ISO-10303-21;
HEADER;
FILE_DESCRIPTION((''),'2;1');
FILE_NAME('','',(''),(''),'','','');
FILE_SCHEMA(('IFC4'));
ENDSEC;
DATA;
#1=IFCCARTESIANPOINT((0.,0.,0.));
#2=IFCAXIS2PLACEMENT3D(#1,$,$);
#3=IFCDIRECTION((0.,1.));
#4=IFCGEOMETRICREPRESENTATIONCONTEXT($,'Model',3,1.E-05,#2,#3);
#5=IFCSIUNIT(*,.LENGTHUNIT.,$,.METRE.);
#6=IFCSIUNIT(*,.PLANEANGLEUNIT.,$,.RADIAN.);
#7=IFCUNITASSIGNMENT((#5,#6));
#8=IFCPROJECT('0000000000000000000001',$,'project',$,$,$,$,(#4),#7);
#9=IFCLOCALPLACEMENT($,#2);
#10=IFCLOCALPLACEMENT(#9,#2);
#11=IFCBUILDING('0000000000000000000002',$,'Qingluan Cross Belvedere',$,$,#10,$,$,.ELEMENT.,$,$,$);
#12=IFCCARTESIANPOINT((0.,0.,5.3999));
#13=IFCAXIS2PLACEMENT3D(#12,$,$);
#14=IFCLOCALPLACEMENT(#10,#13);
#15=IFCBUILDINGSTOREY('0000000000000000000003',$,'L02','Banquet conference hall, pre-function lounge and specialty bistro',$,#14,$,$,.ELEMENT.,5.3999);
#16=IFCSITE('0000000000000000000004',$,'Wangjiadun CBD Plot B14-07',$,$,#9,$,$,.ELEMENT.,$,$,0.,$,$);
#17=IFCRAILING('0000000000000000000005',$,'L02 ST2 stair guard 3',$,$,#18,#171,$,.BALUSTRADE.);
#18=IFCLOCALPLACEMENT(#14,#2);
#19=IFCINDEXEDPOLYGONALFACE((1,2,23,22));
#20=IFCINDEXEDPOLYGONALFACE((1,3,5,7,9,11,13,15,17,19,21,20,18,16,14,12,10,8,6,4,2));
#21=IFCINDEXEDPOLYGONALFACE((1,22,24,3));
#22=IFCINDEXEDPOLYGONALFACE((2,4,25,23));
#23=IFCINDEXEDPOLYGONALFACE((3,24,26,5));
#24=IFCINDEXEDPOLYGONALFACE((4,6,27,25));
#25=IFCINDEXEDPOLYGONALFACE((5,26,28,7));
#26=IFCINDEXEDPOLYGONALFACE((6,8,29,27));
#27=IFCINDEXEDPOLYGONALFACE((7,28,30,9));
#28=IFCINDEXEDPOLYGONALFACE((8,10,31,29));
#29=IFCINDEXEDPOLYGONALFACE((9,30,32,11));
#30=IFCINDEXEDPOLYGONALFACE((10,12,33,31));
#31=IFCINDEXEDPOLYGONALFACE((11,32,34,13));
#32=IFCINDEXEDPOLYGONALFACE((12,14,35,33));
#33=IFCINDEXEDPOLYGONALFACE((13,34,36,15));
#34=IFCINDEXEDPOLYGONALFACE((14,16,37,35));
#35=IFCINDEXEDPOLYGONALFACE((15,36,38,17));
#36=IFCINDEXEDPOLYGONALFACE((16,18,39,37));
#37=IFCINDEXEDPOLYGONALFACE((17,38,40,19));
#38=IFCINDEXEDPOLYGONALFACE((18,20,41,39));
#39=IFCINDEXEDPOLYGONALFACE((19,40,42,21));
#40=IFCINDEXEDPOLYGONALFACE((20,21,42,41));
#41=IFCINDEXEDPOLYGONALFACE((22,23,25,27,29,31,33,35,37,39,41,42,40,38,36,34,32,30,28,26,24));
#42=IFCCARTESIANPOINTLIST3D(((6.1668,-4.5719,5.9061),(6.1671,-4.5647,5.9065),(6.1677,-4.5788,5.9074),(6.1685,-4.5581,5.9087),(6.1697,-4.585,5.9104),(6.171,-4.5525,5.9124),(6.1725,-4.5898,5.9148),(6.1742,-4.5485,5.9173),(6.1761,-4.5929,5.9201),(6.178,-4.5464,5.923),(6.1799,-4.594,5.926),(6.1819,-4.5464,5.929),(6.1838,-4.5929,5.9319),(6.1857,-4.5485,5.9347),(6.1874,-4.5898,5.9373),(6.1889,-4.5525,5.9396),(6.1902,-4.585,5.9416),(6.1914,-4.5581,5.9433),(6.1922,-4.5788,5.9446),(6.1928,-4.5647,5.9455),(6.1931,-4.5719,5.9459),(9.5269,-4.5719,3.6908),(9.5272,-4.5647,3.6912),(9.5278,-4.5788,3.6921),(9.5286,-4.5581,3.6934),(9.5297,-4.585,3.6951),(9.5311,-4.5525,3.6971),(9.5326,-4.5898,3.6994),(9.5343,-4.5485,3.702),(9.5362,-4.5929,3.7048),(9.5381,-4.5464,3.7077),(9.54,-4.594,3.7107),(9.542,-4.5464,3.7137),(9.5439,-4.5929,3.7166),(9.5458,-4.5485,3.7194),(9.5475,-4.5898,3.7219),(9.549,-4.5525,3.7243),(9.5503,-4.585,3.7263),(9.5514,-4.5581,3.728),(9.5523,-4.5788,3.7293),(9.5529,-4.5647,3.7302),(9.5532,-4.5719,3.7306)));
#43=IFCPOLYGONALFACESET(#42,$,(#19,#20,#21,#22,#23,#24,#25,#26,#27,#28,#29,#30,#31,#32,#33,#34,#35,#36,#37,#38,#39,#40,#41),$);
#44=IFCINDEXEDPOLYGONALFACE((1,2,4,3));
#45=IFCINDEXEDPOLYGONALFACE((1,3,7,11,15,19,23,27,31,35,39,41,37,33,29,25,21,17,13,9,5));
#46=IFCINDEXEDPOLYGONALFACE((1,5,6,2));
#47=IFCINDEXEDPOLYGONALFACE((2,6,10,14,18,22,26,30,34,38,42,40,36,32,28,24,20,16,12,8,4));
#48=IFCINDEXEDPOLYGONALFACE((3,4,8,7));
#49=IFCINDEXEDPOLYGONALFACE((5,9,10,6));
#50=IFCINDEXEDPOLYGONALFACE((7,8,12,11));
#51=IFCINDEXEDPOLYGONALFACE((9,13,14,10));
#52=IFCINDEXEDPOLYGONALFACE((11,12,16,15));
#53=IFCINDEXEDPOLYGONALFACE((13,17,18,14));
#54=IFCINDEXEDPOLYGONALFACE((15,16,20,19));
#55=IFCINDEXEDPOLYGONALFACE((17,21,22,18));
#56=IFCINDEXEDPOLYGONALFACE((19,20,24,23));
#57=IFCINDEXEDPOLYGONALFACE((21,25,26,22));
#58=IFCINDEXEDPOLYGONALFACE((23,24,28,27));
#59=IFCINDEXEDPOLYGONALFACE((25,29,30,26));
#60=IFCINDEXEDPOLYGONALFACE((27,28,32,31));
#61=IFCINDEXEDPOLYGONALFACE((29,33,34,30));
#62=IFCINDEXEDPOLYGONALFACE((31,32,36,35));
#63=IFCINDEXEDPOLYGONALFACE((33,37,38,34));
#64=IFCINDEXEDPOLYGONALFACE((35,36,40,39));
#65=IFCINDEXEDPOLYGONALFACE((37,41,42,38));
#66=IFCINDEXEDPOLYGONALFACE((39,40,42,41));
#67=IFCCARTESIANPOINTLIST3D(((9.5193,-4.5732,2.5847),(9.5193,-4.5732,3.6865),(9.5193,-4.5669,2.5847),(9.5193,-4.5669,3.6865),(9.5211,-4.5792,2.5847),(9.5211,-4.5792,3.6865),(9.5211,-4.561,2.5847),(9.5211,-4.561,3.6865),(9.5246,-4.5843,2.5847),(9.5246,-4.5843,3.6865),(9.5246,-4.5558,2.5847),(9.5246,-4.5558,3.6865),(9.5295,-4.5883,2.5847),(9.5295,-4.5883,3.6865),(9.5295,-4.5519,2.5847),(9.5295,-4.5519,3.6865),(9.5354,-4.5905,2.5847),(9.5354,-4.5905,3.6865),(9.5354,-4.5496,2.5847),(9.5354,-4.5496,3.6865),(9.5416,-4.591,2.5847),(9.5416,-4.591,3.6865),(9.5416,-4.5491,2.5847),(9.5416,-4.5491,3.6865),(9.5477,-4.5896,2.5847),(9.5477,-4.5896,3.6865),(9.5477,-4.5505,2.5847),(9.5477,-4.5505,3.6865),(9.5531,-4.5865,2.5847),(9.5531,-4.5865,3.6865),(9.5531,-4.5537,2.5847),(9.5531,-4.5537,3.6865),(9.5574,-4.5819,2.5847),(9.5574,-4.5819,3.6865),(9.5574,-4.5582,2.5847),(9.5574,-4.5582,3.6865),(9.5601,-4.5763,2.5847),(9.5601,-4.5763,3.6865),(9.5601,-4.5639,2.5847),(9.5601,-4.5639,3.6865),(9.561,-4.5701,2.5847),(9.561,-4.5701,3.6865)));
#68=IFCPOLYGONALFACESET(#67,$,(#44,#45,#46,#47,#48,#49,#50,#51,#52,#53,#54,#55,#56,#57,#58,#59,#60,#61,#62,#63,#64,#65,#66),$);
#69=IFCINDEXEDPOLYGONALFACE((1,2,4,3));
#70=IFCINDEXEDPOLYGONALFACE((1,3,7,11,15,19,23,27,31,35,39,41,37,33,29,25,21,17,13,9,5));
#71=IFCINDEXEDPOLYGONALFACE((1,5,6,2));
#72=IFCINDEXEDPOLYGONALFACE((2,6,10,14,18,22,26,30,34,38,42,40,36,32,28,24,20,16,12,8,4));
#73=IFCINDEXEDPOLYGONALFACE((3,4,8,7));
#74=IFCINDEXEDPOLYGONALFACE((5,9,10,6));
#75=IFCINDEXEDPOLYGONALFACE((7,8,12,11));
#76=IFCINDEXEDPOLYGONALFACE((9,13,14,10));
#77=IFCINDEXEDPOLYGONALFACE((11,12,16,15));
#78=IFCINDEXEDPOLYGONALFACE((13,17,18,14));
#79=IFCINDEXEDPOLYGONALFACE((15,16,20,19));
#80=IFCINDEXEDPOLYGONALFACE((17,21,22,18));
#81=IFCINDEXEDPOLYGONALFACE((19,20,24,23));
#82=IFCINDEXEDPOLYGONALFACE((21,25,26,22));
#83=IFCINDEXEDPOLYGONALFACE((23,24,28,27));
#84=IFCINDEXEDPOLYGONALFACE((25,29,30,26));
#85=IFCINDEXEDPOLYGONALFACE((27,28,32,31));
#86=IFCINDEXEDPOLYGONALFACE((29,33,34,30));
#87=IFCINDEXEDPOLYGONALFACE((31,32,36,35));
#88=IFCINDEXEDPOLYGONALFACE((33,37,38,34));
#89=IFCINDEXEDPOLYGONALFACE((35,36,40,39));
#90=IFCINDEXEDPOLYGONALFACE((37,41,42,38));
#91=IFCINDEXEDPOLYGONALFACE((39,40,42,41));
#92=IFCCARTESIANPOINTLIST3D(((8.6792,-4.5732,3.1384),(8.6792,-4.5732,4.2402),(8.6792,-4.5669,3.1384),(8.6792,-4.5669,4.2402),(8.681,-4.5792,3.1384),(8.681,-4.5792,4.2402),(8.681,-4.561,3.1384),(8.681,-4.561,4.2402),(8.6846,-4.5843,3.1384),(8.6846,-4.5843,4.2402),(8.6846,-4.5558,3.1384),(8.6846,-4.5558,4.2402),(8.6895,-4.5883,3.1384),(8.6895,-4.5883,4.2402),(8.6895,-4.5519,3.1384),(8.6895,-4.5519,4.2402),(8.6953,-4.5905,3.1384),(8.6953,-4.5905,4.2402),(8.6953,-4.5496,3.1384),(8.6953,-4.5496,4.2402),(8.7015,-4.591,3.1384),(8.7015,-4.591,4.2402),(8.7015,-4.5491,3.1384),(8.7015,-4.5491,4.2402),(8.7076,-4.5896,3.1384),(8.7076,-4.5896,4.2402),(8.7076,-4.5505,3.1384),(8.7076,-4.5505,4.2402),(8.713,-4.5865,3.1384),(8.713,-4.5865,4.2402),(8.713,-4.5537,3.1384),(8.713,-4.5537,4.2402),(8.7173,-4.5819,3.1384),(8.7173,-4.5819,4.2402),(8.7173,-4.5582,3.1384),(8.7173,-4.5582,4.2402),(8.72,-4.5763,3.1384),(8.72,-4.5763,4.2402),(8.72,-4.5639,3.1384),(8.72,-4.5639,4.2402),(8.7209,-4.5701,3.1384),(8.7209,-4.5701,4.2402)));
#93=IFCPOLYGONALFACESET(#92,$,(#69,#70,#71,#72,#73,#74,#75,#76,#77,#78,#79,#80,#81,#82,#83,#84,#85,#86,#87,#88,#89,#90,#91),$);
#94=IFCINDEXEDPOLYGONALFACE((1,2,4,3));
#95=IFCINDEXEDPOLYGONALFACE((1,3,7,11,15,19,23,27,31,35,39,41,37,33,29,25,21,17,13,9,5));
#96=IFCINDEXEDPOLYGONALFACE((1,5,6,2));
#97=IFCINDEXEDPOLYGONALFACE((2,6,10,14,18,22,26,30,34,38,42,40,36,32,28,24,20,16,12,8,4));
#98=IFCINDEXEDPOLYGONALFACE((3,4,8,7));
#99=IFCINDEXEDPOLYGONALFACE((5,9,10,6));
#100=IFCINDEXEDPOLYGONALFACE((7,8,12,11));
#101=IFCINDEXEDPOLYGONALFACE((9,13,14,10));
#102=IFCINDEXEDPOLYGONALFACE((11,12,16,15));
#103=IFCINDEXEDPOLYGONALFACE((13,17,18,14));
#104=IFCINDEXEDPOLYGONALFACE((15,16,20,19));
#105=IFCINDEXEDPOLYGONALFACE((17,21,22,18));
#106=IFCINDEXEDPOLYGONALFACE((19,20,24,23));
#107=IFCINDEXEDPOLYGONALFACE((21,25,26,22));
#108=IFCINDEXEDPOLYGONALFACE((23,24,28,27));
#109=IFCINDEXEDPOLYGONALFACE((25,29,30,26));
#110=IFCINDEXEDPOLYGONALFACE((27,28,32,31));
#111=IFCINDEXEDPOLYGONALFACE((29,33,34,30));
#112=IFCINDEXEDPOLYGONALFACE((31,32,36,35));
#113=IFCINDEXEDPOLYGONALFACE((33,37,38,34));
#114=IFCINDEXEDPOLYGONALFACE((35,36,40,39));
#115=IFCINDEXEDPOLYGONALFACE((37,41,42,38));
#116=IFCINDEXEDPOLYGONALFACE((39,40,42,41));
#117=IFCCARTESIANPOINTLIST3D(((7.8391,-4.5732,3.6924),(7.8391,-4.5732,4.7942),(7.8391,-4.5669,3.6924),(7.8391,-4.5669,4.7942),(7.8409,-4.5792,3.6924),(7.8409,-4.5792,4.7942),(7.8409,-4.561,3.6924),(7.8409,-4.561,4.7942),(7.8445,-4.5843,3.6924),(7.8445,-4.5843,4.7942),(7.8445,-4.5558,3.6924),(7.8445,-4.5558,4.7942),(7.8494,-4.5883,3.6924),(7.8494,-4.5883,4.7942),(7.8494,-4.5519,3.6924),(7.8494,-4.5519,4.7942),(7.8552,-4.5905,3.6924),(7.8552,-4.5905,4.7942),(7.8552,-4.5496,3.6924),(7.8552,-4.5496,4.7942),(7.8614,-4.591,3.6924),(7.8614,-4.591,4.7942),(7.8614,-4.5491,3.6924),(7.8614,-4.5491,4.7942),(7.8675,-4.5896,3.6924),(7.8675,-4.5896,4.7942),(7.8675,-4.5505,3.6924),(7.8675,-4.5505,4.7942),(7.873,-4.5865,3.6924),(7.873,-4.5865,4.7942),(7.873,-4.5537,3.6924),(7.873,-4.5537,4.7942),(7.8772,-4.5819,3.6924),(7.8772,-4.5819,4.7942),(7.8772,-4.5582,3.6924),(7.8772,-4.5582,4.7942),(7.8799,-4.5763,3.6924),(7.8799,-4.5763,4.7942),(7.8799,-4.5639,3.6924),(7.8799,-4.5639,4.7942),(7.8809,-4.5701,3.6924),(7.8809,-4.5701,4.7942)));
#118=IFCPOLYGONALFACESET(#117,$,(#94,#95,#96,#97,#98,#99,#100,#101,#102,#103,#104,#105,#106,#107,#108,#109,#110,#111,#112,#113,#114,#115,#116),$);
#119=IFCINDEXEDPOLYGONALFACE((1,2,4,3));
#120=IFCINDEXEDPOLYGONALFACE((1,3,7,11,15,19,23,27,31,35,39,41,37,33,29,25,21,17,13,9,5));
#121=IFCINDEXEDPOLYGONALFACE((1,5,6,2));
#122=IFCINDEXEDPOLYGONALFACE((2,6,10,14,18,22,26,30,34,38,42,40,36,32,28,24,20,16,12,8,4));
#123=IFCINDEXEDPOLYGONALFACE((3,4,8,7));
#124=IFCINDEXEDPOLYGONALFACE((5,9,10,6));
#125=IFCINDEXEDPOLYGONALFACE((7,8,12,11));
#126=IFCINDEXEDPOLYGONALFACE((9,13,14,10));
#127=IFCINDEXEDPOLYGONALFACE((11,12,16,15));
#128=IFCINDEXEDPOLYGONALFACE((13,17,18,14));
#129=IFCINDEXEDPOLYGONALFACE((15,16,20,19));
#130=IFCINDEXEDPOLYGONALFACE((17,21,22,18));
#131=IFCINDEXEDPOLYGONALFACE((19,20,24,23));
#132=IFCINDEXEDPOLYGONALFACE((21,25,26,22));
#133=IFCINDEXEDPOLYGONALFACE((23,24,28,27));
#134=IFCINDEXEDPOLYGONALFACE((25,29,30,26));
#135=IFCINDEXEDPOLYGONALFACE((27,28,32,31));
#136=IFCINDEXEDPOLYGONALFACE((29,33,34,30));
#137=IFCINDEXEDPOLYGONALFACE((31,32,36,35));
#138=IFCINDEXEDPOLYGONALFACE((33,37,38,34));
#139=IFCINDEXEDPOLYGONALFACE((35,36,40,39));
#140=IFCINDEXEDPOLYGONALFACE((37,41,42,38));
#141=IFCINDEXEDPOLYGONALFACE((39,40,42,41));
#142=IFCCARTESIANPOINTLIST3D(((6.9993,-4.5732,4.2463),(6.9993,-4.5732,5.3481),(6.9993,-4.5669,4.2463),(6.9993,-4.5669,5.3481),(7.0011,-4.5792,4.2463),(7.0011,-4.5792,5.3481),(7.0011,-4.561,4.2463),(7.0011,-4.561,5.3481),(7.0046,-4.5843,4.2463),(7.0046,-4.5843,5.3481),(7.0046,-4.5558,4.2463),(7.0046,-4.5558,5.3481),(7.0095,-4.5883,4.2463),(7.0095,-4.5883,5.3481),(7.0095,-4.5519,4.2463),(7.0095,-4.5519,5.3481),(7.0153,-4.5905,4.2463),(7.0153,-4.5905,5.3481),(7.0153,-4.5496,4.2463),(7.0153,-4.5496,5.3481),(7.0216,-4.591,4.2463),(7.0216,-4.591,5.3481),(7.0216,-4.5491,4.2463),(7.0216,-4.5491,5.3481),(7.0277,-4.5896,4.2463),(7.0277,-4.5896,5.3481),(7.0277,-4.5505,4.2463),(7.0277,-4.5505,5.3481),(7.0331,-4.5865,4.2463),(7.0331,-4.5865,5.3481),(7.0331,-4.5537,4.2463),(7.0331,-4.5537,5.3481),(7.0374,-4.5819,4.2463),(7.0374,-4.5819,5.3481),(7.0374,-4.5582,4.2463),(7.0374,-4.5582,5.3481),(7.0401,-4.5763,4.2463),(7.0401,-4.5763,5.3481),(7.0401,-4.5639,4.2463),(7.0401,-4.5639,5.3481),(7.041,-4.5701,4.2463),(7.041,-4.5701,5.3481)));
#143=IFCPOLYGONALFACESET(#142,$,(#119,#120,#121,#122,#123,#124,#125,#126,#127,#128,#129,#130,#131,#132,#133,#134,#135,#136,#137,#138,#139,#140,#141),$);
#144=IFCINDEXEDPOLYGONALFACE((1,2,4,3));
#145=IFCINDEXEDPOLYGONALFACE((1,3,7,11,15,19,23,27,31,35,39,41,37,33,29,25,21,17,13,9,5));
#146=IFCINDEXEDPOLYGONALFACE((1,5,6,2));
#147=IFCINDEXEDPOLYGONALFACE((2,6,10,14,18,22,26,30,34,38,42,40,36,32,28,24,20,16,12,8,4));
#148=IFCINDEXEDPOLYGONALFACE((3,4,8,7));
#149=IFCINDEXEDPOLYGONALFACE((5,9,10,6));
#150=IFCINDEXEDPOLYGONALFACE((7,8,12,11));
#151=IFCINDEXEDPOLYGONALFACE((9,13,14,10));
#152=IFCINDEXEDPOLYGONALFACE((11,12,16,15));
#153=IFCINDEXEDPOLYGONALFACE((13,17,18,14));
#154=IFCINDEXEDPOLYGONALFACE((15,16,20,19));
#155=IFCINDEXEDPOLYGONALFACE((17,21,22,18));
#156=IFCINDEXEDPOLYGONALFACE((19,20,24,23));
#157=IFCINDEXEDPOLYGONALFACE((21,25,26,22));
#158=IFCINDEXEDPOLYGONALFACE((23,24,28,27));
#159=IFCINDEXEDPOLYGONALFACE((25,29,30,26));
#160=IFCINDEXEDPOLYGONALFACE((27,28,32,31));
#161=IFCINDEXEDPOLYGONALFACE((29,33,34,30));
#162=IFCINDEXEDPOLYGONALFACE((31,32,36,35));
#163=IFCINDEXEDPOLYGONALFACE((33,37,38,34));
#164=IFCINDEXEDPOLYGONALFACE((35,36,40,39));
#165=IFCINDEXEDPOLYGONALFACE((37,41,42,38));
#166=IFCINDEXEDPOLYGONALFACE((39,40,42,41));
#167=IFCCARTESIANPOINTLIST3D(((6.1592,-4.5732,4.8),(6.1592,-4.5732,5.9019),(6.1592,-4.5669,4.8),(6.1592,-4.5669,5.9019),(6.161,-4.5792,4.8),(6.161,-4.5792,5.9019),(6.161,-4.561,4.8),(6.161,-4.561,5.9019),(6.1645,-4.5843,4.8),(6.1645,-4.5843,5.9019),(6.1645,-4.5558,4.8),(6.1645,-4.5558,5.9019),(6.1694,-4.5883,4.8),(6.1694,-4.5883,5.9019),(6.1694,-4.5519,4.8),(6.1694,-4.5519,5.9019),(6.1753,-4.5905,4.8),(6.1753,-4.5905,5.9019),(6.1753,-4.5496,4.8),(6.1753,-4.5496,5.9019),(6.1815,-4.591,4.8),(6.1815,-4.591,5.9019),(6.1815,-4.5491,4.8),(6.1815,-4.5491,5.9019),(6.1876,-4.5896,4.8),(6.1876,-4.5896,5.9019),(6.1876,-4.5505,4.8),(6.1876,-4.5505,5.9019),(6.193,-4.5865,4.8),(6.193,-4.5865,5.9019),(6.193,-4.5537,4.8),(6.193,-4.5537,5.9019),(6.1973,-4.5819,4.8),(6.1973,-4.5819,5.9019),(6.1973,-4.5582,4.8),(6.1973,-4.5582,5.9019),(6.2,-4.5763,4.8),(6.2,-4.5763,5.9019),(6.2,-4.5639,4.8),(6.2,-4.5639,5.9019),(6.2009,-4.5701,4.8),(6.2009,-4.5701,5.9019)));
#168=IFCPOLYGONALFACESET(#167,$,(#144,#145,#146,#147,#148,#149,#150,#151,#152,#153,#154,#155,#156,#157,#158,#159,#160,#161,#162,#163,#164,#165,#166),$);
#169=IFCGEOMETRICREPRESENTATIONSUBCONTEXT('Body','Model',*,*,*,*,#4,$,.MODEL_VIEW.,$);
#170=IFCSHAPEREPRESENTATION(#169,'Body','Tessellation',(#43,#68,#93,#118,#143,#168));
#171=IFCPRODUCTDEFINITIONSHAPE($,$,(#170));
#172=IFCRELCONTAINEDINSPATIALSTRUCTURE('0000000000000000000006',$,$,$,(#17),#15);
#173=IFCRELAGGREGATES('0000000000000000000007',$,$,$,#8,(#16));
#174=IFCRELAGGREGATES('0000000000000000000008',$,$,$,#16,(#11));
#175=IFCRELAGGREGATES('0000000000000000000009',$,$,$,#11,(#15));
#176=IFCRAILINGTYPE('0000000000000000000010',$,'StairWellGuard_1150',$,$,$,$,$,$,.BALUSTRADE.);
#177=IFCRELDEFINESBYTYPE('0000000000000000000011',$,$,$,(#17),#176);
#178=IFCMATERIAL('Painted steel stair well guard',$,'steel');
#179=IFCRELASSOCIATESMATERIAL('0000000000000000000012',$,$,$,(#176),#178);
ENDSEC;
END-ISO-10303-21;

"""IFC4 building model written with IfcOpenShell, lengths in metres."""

from ifc_helpers import new_model, si_unit, direction, frame, origin, origin_2d, place, context, subcontext, project, spatial, circle, extrude, material, type_object, element, save


model = new_model("IFC4")

# Units and contexts
model_context = context("Model", 3, precision=1e-05, world=origin(), true_north=direction((0.0, 1.0)))
body_context = subcontext(model_context, "Body", "Model", "MODEL_VIEW")
ifc_project = project(units=[si_unit("LENGTHUNIT", "METRE"), si_unit("PLANEANGLEUNIT", "RADIAN")], contexts=[model_context])

# Site, building, storey
site_placement = place(None, origin())
site = spatial("IfcSite", under=ifc_project, at=site_placement, Name="Wangjiadun CBD Plot B14-07", CompositionType="ELEMENT", RefElevation=0.0)
building_placement = place(site_placement, origin())
building = spatial("IfcBuilding", under=site, at=building_placement, Name="Qingluan Cross Belvedere", CompositionType="ELEMENT")
storey_placement = place(building_placement, frame((0.0, 0.0, 5.3999)))
storey = spatial("IfcBuildingStorey", under=building, at=storey_placement, Name="L02", Description="Banquet conference hall, pre-function lounge and specialty bistro", CompositionType="ELEMENT", Elevation=5.3999)

# Railing
ifc_material_1 = material(Name="Painted steel stair well guard", Category="steel")
railing_type_1 = type_object("IfcRailingType", Name="StairWellGuard_1150", PredefinedType="BALUSTRADE", material=ifc_material_1)
railing_1_placement = place(storey_placement, frame((9.54, -4.5701, 2.5847)))
element("IfcRailing", 1, at=railing_1_placement, inside=storey, type_object=railing_type_1, Name="L02 ST2 stair guard 3", PredefinedType="BALUSTRADE", context=body_context, shape_type="SweptSolid", body=[
    extrude(circle(Radius=0.0239, at=origin_2d()), frame((0.0, 0.0, 1.126), z_axis=(-0.834876, 0.0, 0.550437), x_axis=(0.0, -1.0, 0.0)), (0.0, 0.0, 1.0), 4.0247),
    extrude(circle(Radius=0.021, at=origin_2d()), origin(), (0.0, 0.0, 1.0), 1.1018),
    extrude(circle(Radius=0.021, at=origin_2d()), frame((-0.8401, 0.0, 0.5537)), (0.0, 0.0, 1.0), 1.1018),
    extrude(circle(Radius=0.021, at=origin_2d()), frame((-1.6802, 0.0, 1.1077)), (0.0, 0.0, 1.0), 1.1018),
    extrude(circle(Radius=0.021, at=origin_2d()), frame((-2.52, 0.0, 1.6616)), (0.0, 0.0, 1.0), 1.1018),
    extrude(circle(Radius=0.021, at=origin_2d()), frame((-3.3601, 0.0, 2.2153)), (0.0, 0.0, 1.0), 1.1018),
])

save(model, "model.ifc")
